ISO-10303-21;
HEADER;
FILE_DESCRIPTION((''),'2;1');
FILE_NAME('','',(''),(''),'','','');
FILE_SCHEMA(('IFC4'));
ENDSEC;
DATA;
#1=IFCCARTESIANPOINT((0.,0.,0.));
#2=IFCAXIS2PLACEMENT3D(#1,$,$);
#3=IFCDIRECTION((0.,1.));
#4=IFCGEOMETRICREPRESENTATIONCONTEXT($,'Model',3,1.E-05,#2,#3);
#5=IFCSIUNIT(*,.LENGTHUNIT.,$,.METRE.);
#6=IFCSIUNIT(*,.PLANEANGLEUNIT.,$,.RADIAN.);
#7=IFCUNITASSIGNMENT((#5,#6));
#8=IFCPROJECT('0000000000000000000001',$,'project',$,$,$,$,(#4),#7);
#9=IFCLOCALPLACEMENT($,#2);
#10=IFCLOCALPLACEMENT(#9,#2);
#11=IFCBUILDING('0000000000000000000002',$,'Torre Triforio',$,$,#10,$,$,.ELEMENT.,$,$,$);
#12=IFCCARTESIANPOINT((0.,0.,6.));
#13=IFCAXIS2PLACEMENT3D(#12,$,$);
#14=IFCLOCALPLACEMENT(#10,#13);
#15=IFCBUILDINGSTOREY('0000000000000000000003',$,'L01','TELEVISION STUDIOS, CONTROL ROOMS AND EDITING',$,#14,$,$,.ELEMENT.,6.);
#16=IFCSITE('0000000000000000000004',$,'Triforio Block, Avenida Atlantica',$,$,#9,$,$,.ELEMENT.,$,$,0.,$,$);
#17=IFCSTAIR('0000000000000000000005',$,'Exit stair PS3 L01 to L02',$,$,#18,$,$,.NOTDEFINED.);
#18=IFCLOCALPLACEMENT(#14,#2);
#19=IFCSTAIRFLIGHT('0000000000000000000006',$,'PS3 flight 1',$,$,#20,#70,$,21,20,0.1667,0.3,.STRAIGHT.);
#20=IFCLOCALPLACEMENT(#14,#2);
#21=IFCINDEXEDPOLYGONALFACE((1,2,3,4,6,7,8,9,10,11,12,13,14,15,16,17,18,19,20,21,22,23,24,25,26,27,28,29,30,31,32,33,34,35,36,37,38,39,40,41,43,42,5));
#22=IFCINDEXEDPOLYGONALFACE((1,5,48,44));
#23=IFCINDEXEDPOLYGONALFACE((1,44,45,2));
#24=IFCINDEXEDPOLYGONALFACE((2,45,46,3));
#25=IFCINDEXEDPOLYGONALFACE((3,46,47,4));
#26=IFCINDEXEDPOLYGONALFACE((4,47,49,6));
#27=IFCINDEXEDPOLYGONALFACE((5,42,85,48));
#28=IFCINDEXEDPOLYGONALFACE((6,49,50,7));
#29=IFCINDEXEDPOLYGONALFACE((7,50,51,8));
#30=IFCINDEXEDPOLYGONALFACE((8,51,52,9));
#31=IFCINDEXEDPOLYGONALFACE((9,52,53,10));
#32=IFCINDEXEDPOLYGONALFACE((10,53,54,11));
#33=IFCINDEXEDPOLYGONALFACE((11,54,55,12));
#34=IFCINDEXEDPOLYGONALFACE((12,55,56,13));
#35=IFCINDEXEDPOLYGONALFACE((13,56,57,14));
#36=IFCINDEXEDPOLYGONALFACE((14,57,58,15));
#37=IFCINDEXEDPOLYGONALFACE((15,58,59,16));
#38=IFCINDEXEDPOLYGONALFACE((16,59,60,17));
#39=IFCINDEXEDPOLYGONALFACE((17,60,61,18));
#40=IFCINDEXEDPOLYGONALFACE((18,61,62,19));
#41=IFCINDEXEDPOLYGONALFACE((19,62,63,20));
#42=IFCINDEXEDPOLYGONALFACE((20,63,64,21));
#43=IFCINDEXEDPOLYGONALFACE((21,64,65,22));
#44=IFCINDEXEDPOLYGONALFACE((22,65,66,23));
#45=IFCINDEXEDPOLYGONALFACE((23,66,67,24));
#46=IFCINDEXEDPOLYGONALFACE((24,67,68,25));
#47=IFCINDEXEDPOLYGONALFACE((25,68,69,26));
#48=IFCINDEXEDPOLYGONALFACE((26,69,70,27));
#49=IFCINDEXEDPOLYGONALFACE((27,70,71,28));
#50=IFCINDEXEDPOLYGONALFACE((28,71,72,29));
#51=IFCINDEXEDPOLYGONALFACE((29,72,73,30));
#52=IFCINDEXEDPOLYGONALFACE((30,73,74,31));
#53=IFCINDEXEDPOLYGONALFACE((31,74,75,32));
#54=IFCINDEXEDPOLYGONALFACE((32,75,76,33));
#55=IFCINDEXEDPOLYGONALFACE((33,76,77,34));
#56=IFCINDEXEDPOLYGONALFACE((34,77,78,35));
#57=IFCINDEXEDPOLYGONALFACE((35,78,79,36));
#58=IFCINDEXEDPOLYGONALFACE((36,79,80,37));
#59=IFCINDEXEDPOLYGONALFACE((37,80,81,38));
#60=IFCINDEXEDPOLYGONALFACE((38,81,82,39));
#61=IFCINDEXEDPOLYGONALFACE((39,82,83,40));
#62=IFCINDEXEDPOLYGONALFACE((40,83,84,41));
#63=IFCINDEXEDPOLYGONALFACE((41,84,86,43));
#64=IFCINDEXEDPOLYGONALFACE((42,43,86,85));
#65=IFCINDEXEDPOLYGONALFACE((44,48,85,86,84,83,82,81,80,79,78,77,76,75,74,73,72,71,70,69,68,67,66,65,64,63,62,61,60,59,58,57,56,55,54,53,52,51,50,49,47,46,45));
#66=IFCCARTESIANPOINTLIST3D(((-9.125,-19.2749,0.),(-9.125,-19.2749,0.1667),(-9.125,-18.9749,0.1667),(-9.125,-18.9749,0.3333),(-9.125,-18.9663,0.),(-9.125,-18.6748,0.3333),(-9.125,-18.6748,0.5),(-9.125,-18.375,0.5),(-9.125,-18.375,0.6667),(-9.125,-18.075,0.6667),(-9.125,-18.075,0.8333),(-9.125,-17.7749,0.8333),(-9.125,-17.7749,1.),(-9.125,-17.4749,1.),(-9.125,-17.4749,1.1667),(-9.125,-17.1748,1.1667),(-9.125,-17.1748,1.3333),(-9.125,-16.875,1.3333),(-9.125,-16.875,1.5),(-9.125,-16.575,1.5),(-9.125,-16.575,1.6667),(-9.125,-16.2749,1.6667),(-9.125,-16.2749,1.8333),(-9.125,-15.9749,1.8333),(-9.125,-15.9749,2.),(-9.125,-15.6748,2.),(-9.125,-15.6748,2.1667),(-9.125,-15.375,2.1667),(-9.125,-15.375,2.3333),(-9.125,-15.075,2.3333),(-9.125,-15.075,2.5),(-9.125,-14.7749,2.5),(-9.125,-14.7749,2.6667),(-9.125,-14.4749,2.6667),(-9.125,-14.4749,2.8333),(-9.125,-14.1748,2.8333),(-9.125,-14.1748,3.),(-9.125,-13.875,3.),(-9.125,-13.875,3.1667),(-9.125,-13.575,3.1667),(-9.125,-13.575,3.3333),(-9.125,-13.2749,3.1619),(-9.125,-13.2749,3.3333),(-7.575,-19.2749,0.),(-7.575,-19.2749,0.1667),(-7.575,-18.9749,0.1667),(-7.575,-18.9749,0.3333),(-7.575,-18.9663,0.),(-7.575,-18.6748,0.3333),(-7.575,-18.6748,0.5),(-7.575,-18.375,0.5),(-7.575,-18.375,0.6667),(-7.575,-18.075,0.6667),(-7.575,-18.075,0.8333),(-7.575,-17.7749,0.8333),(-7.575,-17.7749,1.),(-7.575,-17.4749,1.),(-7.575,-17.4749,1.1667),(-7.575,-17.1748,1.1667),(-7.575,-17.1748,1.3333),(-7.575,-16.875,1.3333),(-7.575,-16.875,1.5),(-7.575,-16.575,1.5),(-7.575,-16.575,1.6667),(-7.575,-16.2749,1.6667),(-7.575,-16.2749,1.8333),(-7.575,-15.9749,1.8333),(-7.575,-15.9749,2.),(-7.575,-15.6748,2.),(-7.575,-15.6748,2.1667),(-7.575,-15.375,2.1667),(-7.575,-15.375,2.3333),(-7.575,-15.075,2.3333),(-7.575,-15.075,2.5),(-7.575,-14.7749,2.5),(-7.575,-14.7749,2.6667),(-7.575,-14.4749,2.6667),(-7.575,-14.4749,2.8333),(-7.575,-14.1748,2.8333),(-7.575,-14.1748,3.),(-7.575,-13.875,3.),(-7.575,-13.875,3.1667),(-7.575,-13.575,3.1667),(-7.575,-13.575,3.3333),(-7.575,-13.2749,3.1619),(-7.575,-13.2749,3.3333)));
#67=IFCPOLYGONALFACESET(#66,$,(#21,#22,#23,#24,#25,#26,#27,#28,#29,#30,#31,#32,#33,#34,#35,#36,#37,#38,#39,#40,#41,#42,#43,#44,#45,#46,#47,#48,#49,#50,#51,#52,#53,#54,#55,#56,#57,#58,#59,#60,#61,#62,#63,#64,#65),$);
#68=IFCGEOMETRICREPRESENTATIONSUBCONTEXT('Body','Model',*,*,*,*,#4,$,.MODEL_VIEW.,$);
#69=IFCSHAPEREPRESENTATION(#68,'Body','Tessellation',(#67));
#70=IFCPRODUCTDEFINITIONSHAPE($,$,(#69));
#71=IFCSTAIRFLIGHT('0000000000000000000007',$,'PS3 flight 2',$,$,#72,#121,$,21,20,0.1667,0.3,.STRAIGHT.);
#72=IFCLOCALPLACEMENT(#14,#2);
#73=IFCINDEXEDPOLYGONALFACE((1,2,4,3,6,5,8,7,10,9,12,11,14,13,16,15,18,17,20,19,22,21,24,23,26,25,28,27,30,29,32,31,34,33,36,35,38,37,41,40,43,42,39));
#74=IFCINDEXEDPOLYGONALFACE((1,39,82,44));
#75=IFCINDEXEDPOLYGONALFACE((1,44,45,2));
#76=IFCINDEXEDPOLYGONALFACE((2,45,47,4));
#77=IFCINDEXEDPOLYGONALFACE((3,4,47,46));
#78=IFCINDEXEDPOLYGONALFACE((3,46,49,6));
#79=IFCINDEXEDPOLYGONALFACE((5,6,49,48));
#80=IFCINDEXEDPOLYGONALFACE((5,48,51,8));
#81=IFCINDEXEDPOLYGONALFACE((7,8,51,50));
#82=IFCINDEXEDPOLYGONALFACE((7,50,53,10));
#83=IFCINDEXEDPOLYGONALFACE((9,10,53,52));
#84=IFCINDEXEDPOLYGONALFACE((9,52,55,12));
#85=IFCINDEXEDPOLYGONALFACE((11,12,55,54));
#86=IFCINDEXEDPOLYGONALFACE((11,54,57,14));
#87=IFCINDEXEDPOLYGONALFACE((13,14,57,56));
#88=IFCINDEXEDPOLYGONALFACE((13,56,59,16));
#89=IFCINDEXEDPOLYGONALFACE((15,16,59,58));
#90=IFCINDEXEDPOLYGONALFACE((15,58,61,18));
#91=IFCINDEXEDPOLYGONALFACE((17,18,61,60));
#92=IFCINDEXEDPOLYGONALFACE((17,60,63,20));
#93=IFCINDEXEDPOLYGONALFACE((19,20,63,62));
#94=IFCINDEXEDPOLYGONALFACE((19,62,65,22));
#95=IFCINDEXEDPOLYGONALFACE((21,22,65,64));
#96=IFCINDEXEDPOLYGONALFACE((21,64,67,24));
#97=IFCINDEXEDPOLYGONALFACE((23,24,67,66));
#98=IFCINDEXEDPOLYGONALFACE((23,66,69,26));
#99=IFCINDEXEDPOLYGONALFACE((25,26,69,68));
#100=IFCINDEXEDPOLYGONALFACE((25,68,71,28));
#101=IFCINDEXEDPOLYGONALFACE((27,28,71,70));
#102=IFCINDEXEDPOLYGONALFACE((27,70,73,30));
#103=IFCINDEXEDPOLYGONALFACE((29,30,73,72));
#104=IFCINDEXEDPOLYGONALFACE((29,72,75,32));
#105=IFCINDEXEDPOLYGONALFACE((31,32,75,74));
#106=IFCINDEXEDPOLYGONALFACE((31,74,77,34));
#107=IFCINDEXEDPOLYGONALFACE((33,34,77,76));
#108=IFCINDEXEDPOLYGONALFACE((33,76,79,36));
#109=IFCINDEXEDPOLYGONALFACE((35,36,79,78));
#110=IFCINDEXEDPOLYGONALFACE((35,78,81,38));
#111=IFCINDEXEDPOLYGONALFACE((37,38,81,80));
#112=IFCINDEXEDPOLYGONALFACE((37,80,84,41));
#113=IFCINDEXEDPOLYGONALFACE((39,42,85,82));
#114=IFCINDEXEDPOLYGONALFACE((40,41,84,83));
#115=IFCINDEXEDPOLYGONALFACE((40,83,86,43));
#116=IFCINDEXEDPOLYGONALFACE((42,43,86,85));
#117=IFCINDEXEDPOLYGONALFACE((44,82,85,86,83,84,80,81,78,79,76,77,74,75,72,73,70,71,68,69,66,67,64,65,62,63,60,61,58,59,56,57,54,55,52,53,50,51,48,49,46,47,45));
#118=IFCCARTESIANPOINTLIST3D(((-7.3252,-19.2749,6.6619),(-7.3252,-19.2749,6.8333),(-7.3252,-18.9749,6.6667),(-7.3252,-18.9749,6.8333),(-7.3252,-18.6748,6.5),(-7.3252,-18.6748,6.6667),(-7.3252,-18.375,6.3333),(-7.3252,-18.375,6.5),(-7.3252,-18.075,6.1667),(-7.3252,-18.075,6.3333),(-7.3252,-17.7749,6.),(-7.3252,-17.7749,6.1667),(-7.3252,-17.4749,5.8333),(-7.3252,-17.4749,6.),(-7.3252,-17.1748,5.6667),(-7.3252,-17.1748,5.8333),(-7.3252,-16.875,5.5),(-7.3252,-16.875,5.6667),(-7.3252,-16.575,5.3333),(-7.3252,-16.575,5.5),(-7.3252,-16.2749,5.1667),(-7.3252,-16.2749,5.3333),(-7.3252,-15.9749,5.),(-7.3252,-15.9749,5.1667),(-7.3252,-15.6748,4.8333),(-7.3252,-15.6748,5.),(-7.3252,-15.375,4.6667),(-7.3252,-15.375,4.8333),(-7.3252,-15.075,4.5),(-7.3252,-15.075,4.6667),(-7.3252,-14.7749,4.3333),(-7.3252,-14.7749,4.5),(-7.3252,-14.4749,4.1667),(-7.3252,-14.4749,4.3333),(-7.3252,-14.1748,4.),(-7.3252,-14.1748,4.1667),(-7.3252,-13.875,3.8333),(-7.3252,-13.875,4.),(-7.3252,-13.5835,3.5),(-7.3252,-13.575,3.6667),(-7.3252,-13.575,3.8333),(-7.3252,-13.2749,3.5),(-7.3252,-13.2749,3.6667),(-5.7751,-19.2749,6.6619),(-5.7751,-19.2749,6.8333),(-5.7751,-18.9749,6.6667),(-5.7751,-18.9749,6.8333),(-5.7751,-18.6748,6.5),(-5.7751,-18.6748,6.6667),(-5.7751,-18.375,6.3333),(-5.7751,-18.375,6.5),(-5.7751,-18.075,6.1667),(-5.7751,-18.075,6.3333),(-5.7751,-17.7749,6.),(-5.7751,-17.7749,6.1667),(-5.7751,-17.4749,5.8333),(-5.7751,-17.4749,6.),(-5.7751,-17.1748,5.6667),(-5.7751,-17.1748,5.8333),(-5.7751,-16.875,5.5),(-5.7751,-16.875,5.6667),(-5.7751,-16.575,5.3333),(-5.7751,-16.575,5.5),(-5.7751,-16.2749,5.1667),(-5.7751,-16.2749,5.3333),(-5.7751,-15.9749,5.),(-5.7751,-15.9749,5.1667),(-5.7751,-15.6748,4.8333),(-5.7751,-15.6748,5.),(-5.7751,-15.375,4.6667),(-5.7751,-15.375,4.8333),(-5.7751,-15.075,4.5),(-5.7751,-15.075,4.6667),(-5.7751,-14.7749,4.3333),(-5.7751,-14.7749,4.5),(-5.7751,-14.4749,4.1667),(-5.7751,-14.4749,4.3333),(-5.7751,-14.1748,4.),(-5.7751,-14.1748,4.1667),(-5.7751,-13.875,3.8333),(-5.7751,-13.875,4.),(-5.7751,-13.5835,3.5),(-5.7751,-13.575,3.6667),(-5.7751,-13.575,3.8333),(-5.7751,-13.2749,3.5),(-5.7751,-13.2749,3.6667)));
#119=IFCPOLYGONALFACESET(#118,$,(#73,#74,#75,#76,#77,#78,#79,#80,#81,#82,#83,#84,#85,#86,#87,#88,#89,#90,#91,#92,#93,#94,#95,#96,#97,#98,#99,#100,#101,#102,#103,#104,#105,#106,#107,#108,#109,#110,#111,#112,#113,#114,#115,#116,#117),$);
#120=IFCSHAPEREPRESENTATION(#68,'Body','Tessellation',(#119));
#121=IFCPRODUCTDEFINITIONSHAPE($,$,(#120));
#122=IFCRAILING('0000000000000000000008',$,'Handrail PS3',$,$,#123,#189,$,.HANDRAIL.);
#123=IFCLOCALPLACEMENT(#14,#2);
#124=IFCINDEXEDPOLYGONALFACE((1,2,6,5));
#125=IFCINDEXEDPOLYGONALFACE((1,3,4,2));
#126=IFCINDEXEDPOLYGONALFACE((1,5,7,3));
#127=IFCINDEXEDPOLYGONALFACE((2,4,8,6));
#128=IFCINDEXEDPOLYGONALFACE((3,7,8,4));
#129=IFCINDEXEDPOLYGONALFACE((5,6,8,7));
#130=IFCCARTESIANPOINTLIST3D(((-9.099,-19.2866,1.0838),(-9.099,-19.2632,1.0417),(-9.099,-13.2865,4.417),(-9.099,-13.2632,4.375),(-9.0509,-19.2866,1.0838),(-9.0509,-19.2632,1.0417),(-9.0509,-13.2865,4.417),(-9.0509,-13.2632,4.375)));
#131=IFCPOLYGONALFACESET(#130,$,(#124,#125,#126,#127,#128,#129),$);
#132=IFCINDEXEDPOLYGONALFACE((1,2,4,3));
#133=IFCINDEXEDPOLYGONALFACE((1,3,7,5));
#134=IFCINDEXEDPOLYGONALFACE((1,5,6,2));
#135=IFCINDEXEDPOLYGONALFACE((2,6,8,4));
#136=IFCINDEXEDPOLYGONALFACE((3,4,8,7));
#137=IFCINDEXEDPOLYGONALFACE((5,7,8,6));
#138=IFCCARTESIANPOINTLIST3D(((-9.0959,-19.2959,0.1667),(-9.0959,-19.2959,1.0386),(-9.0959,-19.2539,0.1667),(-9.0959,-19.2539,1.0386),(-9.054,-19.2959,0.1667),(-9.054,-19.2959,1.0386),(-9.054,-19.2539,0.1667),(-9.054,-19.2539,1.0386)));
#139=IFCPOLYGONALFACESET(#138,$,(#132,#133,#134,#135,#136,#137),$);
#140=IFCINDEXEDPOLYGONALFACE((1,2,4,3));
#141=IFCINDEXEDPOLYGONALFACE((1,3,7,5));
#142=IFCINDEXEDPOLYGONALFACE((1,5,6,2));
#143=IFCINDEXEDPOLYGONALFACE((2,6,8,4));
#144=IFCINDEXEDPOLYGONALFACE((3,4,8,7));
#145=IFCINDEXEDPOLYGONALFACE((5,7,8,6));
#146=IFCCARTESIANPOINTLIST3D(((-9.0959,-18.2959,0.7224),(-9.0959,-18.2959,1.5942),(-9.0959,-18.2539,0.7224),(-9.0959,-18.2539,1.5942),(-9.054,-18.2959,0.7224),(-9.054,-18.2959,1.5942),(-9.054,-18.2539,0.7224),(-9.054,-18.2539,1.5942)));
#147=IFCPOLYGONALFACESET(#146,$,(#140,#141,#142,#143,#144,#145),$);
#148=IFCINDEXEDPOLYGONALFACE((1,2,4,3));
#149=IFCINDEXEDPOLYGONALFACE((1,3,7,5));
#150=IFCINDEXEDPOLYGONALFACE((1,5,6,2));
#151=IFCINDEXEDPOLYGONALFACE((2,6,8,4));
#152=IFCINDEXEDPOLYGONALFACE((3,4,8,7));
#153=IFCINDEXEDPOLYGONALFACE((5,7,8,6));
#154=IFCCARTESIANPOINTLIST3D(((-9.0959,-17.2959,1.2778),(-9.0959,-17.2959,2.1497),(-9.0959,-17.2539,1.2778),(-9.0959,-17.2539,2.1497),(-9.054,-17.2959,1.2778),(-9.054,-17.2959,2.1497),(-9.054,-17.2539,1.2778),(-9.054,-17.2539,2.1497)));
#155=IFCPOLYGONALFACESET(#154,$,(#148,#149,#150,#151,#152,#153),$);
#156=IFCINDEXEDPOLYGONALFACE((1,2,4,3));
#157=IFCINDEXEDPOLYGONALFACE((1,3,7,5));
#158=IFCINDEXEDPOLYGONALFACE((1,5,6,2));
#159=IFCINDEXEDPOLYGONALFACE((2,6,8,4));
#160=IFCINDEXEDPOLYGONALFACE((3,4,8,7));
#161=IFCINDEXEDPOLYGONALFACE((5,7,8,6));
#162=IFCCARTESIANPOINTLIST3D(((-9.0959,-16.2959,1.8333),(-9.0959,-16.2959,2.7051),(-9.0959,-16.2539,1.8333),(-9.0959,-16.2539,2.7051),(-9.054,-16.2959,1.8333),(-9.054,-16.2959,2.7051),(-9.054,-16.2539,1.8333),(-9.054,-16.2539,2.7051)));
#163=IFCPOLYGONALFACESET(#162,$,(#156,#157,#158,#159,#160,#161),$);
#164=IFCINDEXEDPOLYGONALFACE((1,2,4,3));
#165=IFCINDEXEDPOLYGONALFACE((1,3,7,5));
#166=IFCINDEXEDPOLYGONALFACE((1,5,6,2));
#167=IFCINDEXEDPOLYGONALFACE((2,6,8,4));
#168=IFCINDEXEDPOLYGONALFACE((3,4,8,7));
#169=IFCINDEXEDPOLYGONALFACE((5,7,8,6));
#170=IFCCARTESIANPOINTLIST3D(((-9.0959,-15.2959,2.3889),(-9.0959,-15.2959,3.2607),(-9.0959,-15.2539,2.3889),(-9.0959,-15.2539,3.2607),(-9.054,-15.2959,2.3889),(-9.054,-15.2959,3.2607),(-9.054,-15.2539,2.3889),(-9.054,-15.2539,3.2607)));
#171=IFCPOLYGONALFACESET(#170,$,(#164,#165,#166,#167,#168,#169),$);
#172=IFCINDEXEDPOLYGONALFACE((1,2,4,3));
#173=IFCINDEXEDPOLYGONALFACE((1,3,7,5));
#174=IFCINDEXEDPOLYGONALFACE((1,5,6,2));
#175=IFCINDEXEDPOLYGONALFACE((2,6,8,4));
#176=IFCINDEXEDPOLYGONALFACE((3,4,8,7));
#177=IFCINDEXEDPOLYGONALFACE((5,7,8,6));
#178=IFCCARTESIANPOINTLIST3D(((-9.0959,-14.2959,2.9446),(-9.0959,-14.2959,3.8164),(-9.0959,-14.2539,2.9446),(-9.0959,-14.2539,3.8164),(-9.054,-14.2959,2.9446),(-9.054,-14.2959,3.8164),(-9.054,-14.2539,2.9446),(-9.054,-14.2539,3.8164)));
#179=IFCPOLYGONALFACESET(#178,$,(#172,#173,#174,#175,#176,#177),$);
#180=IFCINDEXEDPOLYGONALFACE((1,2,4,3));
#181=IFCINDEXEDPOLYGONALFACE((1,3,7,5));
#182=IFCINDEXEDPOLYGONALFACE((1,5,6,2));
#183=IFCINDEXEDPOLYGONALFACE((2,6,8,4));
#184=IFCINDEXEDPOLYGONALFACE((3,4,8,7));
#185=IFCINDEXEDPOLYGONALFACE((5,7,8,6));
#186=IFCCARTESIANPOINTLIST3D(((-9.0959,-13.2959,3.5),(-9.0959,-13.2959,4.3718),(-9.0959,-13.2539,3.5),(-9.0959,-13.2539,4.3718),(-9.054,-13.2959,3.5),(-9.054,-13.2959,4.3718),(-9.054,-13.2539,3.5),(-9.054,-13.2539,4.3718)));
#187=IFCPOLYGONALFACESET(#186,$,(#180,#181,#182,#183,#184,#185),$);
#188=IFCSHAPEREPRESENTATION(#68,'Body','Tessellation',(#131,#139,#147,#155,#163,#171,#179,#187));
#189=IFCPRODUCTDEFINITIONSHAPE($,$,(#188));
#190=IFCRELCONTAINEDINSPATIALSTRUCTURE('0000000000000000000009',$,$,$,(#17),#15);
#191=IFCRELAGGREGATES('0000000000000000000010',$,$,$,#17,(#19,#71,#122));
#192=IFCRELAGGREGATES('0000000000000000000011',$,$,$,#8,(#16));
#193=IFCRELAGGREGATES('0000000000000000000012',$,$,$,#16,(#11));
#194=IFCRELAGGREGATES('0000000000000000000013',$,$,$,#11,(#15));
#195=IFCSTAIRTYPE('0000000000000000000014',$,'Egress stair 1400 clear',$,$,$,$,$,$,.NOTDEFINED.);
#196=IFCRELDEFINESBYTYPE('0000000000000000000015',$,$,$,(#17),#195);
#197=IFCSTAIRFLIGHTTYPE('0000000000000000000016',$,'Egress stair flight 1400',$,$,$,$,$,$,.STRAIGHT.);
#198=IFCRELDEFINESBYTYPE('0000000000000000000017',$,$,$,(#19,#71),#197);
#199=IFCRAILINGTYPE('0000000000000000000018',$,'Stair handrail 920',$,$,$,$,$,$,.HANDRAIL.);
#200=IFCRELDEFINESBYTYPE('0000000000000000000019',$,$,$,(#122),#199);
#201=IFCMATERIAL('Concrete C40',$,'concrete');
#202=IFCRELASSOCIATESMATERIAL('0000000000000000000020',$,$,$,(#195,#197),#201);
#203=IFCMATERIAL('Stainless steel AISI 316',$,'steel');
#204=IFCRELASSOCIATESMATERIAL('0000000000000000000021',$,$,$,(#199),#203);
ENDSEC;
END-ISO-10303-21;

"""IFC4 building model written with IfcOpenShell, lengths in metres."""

from ifc_helpers import new_model, si_unit, direction, frame, origin, origin_2d, place, context, subcontext, project, spatial, polyline, rectangle, outline, extrude, material, type_object, element, aggregate, save


model = new_model("IFC4")

# Units and contexts
model_context = context("Model", 3, precision=1e-05, world=origin(), true_north=direction((0.0, 1.0)))
body_context = subcontext(model_context, "Body", "Model", "MODEL_VIEW")
ifc_project = project(units=[si_unit("LENGTHUNIT", "METRE"), si_unit("PLANEANGLEUNIT", "RADIAN")], contexts=[model_context])

# Site, building, storey
site_placement = place(None, origin())
site = spatial("IfcSite", under=ifc_project, at=site_placement, Name="Triforio Block, Avenida Atlantica", CompositionType="ELEMENT", RefElevation=0.0)
building_placement = place(site_placement, origin())
building = spatial("IfcBuilding", under=site, at=building_placement, Name="Torre Triforio", CompositionType="ELEMENT")
storey_placement = place(building_placement, frame((0.0, 0.0, 6.0)))
storey = spatial("IfcBuildingStorey", under=building, at=storey_placement, Name="L01", Description="TELEVISION STUDIOS, CONTROL ROOMS AND EDITING", CompositionType="ELEMENT", Elevation=6.0)

# Shared definitions
ifc_material_1 = material(Name="Concrete C40", Category="concrete")

# Stair, stair flights, railing
stair_type = type_object("IfcStairType", Name="Egress stair 1400 clear", PredefinedType="NOTDEFINED", material=ifc_material_1)
stair_placement = place(storey_placement, origin())
stair = element("IfcStair", 1, at=stair_placement, inside=storey, type_object=stair_type, Name="Exit stair PS3 L01 to L02", PredefinedType="NOTDEFINED")
stair_flight_type = type_object("IfcStairFlightType", Name="Egress stair flight 1400", PredefinedType="STRAIGHT", material=ifc_material_1)
stair_flight_1_placement = place(storey_placement, frame((-8.3501, -19.2749, 0.0), z_axis=(0.0, 0.0, 1.0), x_axis=(0.0, 1.0, 0.0)))
stair_flight_1 = element("IfcStairFlight", 2, at=stair_flight_1_placement, type_object=stair_flight_type, Name="PS3 flight 1", NumberOfRisers=21, NumberOfTreads=20, PredefinedType="STRAIGHT", RiserHeight=0.1667, TreadLength=0.3, context=body_context, shape_type="SweptSolid", body=[
    extrude(outline(polyline([(0.0, 0.0), (0.0, 0.1667), (0.3, 0.1667), (0.3, 0.3333), (0.6001, 0.3333), (0.6001, 0.5), (0.8999, 0.5), (0.8999, 0.6667), (1.2, 0.6667), (1.2, 0.8333), (1.5, 0.8333), (1.5, 1.0), (1.8, 1.0), (1.8, 1.1667), (2.1001, 1.1667), (2.1001, 1.3333), (2.3999, 1.3333), (2.3999, 1.5), (2.7, 1.5), (2.7, 1.6667), (3.0, 1.6667), (3.0, 1.8333), (3.3, 1.8333), (3.3, 2.0), (3.6001, 2.0), (3.6001, 2.1667), (3.8999, 2.1667), (3.8999, 2.3333), (4.2, 2.3333), (4.2, 2.5), (4.5, 2.5), (4.5, 2.6667), (4.8, 2.6667), (4.8, 2.8333), (5.1001, 2.8333), (5.1001, 3.0), (5.3999, 3.0), (5.3999, 3.1667), (5.7, 3.1667), (5.7, 3.3333), (6.0, 3.3333), (6.0, 3.5), (6.0, 3.1619), (0.3086, 0.0), (0.0, 0.0)])), frame((0.0, 0.7749, 0.0), z_axis=(0.0, -1.0, 0.0), x_axis=(1.0, 0.0, 0.0)), (0.0, 0.0, 1.0), 1.55),
])
stair_flight_2_placement = place(storey_placement, frame((-6.55, -13.2749, 3.5), z_axis=(0.0, 0.0, 1.0), x_axis=(0.0, -1.0, 0.0)))
stair_flight_2 = element("IfcStairFlight", 3, at=stair_flight_2_placement, type_object=stair_flight_type, Name="PS3 flight 2", NumberOfRisers=21, NumberOfTreads=20, PredefinedType="STRAIGHT", RiserHeight=0.1667, TreadLength=0.3, context=body_context, shape_type="SweptSolid", body=[
    extrude(outline(polyline([(0.0, 0.0), (0.0, 0.1667), (0.3, 0.1667), (0.3, 0.3333), (0.6001, 0.3333), (0.6001, 0.5), (0.8999, 0.5), (0.8999, 0.6667), (1.2, 0.6667), (1.2, 0.8333), (1.5, 0.8333), (1.5, 1.0), (1.8, 1.0), (1.8, 1.1667), (2.1001, 1.1667), (2.1001, 1.3333), (2.3999, 1.3333), (2.3999, 1.5), (2.7, 1.5), (2.7, 1.6667), (3.0, 1.6667), (3.0, 1.8333), (3.3, 1.8333), (3.3, 2.0), (3.6001, 2.0), (3.6001, 2.1667), (3.8999, 2.1667), (3.8999, 2.3333), (4.2, 2.3333), (4.2, 2.5), (4.5, 2.5), (4.5, 2.6667), (4.8, 2.6667), (4.8, 2.8333), (5.1001, 2.8333), (5.1001, 3.0), (5.3999, 3.0), (5.3999, 3.1667), (5.7, 3.1667), (5.7, 3.3333), (6.0, 3.3333), (6.0, 3.5), (6.0, 3.1619), (0.3086, 0.0), (0.0, 0.0)])), frame((0.0, 0.7749, 0.0), z_axis=(0.0, -1.0, 0.0), x_axis=(1.0, 0.0, 0.0)), (0.0, 0.0, 1.0), 1.55),
])
ifc_material_2 = material(Name="Stainless steel AISI 316", Category="steel")
railing_type_1 = type_object("IfcRailingType", Name="Stair handrail 920", PredefinedType="HANDRAIL", material=ifc_material_2)
railing_1_placement = place(storey_placement, frame((-9.075, -19.2749, 0.1667)))
railing_1 = element("IfcRailing", 4, at=railing_1_placement, type_object=railing_type_1, Name="Handrail PS3", PredefinedType="HANDRAIL", context=body_context, shape_type="SweptSolid", body=[
    extrude(rectangle(XDim=0.0481, YDim=0.0481, at=origin_2d()), frame((0.0, 0.0, 0.896), z_axis=(0.0, 0.874162, 0.485634), x_axis=(-1.0, 0.0, 0.0)), (0.0, 0.0, 1.0), 6.8638),
    extrude(rectangle(XDim=0.042, YDim=0.042, at=origin_2d()), origin(), (0.0, 0.0, 1.0), 0.8718),
    extrude(rectangle(XDim=0.042, YDim=0.042, at=origin_2d()), frame((0.0, 1.0, 0.5557)), (0.0, 0.0, 1.0), 0.8718),
    extrude(rectangle(XDim=0.042, YDim=0.042, at=origin_2d()), frame((0.0, 2.0, 1.1111)), (0.0, 0.0, 1.0), 0.8718),
    extrude(rectangle(XDim=0.042, YDim=0.042, at=origin_2d()), frame((0.0, 3.0, 1.6665)), (0.0, 0.0, 1.0), 0.8718),
    extrude(rectangle(XDim=0.042, YDim=0.042, at=origin_2d()), frame((0.0, 4.0, 2.2222)), (0.0, 0.0, 1.0), 0.8718),
    extrude(rectangle(XDim=0.042, YDim=0.042, at=origin_2d()), frame((0.0, 5.0, 2.7778)), (0.0, 0.0, 1.0), 0.8718),
    extrude(rectangle(XDim=0.042, YDim=0.042, at=origin_2d()), frame((0.0, 6.0, 3.3333)), (0.0, 0.0, 1.0), 0.8718),
])
aggregate(stair, [stair_flight_1, stair_flight_2, railing_1])

save(model, "model.ifc")
